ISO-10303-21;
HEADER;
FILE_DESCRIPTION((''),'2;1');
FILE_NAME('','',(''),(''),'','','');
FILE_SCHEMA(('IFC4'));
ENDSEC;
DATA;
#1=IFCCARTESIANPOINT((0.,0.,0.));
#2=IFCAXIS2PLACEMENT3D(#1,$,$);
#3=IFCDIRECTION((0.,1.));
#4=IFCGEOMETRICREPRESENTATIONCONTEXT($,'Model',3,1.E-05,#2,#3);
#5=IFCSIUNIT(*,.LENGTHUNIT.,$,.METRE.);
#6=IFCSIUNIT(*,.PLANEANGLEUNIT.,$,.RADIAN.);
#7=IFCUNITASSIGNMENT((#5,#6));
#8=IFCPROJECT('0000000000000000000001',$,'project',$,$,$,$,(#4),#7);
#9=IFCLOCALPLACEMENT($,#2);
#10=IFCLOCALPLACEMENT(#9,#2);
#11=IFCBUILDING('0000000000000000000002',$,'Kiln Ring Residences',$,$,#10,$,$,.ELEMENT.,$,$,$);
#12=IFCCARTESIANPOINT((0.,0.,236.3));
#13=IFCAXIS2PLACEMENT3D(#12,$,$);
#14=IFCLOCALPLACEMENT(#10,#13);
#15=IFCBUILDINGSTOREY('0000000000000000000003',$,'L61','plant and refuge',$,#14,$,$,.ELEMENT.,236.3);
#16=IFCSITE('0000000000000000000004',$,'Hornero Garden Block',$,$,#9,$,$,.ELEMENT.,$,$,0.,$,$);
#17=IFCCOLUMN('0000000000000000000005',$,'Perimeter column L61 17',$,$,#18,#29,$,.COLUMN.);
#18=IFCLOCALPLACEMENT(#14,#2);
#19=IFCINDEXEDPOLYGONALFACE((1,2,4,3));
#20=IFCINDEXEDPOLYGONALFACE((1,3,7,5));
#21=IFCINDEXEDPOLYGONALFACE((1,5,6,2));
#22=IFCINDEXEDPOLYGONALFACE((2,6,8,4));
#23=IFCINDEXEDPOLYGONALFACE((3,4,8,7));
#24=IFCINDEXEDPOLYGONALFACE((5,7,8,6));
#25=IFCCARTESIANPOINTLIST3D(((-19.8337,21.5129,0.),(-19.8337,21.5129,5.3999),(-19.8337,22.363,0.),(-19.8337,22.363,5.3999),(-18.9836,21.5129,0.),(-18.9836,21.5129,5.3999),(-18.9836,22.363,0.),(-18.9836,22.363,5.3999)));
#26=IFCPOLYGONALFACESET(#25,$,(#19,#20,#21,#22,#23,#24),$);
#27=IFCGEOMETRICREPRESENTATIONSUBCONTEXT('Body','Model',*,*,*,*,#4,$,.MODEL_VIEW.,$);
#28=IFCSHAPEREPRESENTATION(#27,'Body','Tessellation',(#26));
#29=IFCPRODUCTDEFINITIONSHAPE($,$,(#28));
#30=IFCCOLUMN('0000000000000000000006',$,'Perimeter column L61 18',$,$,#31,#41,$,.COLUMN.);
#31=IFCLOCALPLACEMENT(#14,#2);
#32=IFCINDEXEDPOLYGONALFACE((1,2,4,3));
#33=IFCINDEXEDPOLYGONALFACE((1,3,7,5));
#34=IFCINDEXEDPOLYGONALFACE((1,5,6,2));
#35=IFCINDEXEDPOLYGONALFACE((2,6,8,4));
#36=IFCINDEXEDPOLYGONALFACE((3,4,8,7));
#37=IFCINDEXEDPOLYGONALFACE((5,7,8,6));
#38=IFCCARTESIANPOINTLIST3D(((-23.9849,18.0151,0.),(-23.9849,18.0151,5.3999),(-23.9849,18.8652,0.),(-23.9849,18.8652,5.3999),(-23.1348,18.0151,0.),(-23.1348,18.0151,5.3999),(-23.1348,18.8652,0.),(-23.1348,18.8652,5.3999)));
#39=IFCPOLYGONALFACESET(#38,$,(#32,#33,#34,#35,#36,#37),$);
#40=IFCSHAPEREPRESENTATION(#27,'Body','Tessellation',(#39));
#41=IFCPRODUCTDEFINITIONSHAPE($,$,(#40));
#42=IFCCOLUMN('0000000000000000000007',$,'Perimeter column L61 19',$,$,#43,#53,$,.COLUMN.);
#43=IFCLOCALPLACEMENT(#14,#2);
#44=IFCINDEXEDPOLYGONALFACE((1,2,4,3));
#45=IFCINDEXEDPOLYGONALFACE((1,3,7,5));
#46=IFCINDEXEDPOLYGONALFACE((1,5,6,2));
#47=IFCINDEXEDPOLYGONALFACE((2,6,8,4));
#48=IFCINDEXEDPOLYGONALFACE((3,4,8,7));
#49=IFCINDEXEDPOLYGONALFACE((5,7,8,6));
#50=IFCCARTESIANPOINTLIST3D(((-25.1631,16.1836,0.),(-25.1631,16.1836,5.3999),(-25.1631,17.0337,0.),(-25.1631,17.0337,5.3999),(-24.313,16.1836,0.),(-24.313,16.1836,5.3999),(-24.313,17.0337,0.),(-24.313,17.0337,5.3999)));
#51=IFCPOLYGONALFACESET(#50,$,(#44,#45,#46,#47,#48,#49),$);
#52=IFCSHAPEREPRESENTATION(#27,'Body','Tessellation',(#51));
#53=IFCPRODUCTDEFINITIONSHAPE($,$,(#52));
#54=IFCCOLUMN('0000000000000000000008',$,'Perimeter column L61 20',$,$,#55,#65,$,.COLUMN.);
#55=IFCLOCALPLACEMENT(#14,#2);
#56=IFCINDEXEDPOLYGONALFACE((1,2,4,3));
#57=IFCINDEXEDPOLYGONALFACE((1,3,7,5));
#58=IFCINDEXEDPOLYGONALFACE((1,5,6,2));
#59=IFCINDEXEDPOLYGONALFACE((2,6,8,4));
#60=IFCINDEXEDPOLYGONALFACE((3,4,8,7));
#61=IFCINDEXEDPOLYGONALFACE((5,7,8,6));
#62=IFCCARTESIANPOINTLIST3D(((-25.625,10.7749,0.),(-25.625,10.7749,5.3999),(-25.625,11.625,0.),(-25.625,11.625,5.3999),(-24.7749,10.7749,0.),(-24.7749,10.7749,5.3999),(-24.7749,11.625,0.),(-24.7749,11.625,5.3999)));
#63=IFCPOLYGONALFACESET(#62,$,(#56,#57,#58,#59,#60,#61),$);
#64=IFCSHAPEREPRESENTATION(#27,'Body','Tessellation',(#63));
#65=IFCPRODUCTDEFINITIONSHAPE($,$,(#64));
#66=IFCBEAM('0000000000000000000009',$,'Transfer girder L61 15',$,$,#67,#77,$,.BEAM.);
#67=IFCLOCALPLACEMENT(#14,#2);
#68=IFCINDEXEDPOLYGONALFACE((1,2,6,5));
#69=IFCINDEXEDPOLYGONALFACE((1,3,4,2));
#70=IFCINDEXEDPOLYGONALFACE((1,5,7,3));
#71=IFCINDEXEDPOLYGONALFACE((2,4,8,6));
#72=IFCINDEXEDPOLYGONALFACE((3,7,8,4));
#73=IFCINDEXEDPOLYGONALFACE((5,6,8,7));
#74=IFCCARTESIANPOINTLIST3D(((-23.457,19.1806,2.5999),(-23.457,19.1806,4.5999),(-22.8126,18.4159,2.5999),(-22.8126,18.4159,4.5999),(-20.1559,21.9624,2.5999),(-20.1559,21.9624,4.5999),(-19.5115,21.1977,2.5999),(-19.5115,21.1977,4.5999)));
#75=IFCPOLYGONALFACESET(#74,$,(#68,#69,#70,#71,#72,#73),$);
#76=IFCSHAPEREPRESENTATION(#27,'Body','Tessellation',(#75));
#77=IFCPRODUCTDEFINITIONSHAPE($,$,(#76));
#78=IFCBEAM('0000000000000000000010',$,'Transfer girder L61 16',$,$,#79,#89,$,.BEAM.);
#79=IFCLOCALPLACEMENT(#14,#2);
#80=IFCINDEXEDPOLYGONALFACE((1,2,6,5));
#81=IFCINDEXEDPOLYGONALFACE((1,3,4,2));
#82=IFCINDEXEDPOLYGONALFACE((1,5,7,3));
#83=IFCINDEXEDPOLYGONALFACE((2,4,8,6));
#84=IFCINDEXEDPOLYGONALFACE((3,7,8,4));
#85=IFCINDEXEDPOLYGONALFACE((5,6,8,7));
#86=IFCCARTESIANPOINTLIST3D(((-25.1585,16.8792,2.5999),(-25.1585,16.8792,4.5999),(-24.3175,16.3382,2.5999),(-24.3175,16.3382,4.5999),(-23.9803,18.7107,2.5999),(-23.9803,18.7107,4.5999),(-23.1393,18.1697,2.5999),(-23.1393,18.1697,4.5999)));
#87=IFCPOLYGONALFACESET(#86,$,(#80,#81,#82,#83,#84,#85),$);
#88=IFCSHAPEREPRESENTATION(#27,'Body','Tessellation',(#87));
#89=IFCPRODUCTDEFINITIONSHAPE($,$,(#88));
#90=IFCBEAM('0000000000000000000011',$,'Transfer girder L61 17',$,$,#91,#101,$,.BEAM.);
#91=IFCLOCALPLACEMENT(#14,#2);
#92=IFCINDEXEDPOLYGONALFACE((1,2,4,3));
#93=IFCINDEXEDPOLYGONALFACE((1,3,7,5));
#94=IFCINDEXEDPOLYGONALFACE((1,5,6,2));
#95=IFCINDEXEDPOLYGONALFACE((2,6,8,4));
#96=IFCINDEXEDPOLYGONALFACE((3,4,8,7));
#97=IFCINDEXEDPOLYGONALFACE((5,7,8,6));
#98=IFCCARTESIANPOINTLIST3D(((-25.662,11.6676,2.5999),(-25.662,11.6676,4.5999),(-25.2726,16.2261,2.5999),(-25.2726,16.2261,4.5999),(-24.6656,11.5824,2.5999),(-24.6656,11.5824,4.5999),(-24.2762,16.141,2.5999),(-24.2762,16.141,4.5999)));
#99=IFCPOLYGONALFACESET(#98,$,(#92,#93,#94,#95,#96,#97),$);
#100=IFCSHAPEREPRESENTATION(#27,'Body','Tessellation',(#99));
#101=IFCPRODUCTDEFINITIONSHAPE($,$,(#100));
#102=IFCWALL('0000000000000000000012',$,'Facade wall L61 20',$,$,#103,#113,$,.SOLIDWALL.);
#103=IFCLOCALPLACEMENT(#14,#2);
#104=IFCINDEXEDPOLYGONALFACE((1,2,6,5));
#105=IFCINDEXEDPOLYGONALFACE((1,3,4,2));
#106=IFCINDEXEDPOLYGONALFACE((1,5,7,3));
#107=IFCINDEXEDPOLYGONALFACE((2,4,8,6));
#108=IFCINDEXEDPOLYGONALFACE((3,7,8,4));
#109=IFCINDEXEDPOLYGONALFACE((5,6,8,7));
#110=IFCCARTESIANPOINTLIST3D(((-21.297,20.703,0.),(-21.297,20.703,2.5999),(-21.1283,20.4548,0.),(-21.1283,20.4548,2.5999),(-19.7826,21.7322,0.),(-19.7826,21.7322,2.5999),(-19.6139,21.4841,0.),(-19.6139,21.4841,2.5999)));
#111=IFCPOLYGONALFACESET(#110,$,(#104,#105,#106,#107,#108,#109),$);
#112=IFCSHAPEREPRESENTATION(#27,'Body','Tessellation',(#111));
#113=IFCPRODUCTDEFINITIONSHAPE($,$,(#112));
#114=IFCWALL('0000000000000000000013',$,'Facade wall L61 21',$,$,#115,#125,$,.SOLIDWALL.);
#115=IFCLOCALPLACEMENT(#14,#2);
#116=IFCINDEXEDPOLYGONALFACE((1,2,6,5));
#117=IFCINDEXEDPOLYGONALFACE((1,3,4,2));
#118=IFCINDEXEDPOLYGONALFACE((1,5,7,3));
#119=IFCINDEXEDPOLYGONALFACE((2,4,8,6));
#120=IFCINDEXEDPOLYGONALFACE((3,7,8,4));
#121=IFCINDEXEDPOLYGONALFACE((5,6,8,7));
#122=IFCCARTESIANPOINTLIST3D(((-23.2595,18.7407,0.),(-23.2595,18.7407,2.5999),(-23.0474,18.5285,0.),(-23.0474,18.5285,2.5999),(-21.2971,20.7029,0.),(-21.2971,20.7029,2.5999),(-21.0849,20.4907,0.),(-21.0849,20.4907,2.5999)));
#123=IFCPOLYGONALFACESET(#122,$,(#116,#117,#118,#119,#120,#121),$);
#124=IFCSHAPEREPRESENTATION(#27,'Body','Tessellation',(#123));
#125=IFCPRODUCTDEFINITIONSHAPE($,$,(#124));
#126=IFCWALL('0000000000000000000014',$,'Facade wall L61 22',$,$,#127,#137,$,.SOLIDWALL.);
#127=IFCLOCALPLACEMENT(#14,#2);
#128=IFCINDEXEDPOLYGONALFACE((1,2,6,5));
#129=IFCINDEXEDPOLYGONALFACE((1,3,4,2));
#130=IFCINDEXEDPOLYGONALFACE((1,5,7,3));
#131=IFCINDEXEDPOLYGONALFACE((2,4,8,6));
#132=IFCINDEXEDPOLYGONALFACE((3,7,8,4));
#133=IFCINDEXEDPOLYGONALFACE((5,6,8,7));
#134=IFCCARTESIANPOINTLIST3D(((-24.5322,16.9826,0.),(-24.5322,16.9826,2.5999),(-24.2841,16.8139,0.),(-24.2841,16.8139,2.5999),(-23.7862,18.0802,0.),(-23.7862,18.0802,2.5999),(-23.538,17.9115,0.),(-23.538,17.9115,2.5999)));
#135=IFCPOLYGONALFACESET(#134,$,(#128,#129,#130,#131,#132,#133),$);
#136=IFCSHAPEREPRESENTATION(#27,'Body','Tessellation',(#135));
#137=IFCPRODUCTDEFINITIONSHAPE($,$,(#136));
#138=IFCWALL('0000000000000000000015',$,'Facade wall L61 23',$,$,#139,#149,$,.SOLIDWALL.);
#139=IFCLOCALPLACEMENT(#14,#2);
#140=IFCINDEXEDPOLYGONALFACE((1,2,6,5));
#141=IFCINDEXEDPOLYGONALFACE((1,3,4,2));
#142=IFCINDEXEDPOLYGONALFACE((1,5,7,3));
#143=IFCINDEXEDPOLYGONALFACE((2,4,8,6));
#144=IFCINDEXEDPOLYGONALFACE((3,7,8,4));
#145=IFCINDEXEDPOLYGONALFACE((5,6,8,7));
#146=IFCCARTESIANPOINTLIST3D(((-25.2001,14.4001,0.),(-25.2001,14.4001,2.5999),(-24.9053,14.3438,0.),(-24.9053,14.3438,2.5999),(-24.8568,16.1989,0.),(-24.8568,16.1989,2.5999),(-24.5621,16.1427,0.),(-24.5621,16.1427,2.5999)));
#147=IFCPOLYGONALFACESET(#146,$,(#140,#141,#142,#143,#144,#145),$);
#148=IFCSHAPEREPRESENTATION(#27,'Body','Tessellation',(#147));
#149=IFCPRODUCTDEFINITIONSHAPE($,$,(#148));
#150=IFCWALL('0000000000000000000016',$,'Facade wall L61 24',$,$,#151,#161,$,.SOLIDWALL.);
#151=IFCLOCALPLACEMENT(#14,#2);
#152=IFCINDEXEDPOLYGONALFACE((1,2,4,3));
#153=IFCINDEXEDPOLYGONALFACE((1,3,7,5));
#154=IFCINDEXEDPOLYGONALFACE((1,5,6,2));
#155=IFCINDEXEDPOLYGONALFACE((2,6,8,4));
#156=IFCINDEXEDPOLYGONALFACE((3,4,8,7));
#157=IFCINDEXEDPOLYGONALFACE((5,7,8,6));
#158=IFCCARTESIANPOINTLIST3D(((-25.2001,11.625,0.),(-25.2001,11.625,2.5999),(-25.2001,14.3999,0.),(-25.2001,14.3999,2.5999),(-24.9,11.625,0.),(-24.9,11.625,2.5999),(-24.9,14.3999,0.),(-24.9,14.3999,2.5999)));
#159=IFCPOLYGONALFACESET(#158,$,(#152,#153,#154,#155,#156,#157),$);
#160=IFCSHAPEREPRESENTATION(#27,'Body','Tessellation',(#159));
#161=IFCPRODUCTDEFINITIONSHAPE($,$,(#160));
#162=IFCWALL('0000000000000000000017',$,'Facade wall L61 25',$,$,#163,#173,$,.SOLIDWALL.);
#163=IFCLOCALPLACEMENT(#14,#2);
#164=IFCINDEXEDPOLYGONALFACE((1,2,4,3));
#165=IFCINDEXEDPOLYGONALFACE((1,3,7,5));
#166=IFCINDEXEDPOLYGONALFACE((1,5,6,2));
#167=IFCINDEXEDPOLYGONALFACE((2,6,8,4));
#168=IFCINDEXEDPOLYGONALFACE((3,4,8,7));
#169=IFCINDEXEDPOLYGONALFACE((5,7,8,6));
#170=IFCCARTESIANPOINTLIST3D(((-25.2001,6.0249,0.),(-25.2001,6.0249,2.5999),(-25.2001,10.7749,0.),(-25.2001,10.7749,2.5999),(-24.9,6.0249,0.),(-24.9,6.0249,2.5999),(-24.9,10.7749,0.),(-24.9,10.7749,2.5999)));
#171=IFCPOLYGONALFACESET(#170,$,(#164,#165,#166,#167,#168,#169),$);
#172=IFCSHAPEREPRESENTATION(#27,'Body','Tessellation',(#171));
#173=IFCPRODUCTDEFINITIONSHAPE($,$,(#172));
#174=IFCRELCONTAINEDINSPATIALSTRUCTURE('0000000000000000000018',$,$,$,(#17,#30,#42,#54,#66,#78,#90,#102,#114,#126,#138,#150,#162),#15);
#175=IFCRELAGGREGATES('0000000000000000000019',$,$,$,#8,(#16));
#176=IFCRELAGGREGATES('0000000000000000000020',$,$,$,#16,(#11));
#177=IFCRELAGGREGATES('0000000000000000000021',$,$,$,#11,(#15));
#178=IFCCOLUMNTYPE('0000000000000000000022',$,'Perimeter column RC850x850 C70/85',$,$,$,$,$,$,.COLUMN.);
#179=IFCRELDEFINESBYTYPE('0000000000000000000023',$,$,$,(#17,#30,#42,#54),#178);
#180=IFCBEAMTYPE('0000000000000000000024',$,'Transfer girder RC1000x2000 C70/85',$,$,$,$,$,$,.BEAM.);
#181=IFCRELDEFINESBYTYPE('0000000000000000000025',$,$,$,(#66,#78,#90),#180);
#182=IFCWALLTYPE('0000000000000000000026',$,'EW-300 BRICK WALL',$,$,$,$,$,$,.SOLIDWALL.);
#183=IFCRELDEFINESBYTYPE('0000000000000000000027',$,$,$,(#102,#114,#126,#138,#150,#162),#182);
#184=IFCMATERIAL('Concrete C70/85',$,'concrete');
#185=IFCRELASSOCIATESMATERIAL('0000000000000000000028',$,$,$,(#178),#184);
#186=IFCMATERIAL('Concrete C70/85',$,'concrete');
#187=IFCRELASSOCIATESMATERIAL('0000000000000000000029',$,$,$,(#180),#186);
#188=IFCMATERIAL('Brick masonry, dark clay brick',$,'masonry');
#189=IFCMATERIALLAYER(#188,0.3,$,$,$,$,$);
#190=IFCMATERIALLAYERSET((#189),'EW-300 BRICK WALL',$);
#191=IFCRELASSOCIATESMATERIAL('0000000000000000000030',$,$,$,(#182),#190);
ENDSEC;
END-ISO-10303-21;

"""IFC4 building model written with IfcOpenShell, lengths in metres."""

from ifc_helpers import new_model, si_unit, direction, frame, frame_2d, origin, origin_2d, place, context, subcontext, project, spatial, rectangle, extrude, material, layer, layer_set, material_profile, profile_set, type_object, element, save


model = new_model("IFC4")

# Units and contexts
model_context = context("Model", 3, precision=1e-05, world=origin(), true_north=direction((0.0, 1.0)))
body_context = subcontext(model_context, "Body", "Model", "MODEL_VIEW")
ifc_project = project(units=[si_unit("LENGTHUNIT", "METRE"), si_unit("PLANEANGLEUNIT", "RADIAN")], contexts=[model_context])

# Site, building, storey
site_placement = place(None, origin())
site = spatial("IfcSite", under=ifc_project, at=site_placement, Name="Hornero Garden Block", CompositionType="ELEMENT", RefElevation=0.0)
building_placement = place(site_placement, origin())
building = spatial("IfcBuilding", under=site, at=building_placement, Name="Kiln Ring Residences", CompositionType="ELEMENT")
storey_placement = place(building_placement, frame((0.0, 0.0, 236.3)))
storey = spatial("IfcBuildingStorey", under=building, at=storey_placement, Name="L61", Description="plant and refuge", CompositionType="ELEMENT", Elevation=236.3)

# Columns
ifc_material_1 = material(Name="Concrete C70/85", Category="concrete")
ifc_material_profile_1 = material_profile(ifc_material_1, rectangle(XDim=0.8501, YDim=0.8501, at=origin_2d()), Name="RC850x850")
ifc_profile_set_1 = profile_set([ifc_material_profile_1], Name="Concrete C70/85")
column_type = type_object("IfcColumnType", Name="Perimeter column RC850x850 C70/85", PredefinedType="COLUMN", material=ifc_profile_set_1)
for number, where, z_axis, x_axis, name in (
    (1, (-19.4087, 21.938, 0.0), (0.0, 0.0, 1.0), (1.0, 0.0, 0.0), "Perimeter column L61 17"),
    (2, (-23.5598, 18.4402, 0.0), (0.0, 0.0, 1.0), (1.0, 0.0, 0.0), "Perimeter column L61 18"),
    (3, (-24.738, 16.6086, 0.0), (0.0, 0.0, 1.0), (1.0, 0.0, 0.0), "Perimeter column L61 19"),
    (4, (-25.2, 11.2, 0.0), (0.0, 0.0, 1.0), (1.0, 0.0, 0.0), "Perimeter column L61 20"),
):
    element("IfcColumn", number, at=place(storey_placement, frame(where, z_axis=z_axis, x_axis=x_axis)), inside=storey, type_object=column_type, Name=name, PredefinedType="COLUMN", context=body_context, shape_type="SweptSolid", body=[
        extrude(rectangle(XDim=0.8501, YDim=0.8501, at=origin_2d()), origin(), (0.0, 0.0, 1.0), 5.3999),
    ])

# Beams
ifc_material_2 = material(Name="Concrete C70/85", Category="concrete")
ifc_material_profile_2 = material_profile(ifc_material_2, rectangle(XDim=1.0, YDim=2.0, at=origin_2d()), Name="RC1000x2000")
ifc_profile_set_2 = profile_set([ifc_material_profile_2], Name="Concrete C70/85")
beam_type = type_object("IfcBeamType", Name="Transfer girder RC1000x2000 C70/85", PredefinedType="BEAM", material=ifc_profile_set_2)
beam_1_placement = place(storey_placement, frame((-19.8337, 21.5801, 3.5999), z_axis=(-0.764691, -0.644397, 0.0), x_axis=(0.644397, -0.764691, 0.0)))
element("IfcBeam", 5, at=beam_1_placement, inside=storey, type_object=beam_type, Name="Transfer girder L61 15", PredefinedType="BEAM", context=body_context, shape_type="SweptSolid", body=[
    extrude(rectangle(XDim=1.0, YDim=2.0, at=origin_2d()), origin(), (0.0, 0.0, 1.0), 4.3169),
])
beam_2_placement = place(storey_placement, frame((-23.5598, 18.4402, 3.5999), z_axis=(-0.541018, -0.841011, 0.0), x_axis=(0.841011, -0.541018, 0.0)))
element("IfcBeam", 6, at=beam_2_placement, inside=storey, type_object=beam_type, Name="Transfer girder L61 16", PredefinedType="BEAM", context=body_context, shape_type="SweptSolid", body=[
    extrude(rectangle(XDim=1.0, YDim=2.0, at=origin_2d()), origin(), (0.0, 0.0, 1.0), 2.1777),
])
beam_3_placement = place(storey_placement, frame((-24.7744, 16.1836, 3.5999), z_axis=(-0.085112, -0.996371, 0.0), x_axis=(0.996371, -0.085112, 0.0)))
element("IfcBeam", 7, at=beam_3_placement, inside=storey, type_object=beam_type, Name="Transfer girder L61 17", PredefinedType="BEAM", context=body_context, shape_type="SweptSolid", body=[
    extrude(rectangle(XDim=1.0, YDim=2.0, at=origin_2d()), origin(), (0.0, 0.0, 1.0), 4.5752),
])

# Walls
ifc_material_3 = material(Name="Brick masonry, dark clay brick", Category="masonry")
ifc_layer_1 = layer(ifc_material_3, 0.3)
ifc_layer_set_1 = layer_set([ifc_layer_1], Name="EW-300 BRICK WALL")
wall_type_1 = type_object("IfcWallType", Name="EW-300 BRICK WALL", PredefinedType="SOLIDWALL", material=ifc_layer_set_1)
wall_1_placement = place(storey_placement, frame((-19.6982, 21.6082, 0.0), z_axis=(0.0, 0.0, 1.0), x_axis=(-0.827053, -0.562124, 0.0)))
element("IfcWall", 8, at=wall_1_placement, inside=storey, type_object=wall_type_1, Name="Facade wall L61 20", PredefinedType="SOLIDWALL", context=body_context, shape_type="SweptSolid", body=[
    extrude(rectangle(XDim=1.8311, YDim=0.3, at=frame_2d((0.9155, 0.0))), origin(), (0.0, 0.0, 1.0), 2.5999),
])
wall_2_placement = place(storey_placement, frame((-21.1909, 20.5969, 0.0), z_axis=(0.0, 0.0, 1.0), x_axis=(-0.707151, -0.707063, 0.0)))
element("IfcWall", 9, at=wall_2_placement, inside=storey, type_object=wall_type_1, Name="Facade wall L61 21", PredefinedType="SOLIDWALL", context=body_context, shape_type="SweptSolid", body=[
    extrude(rectangle(XDim=2.7751, YDim=0.3, at=frame_2d((1.3877, 0.0))), origin(), (0.0, 0.0, 1.0), 2.5999),
])
wall_3_placement = place(storey_placement, frame((-23.6621, 17.9958, 0.0), z_axis=(0.0, 0.0, 1.0), x_axis=(-0.562149, -0.827036, 0.0)))
element("IfcWall", 10, at=wall_3_placement, inside=storey, type_object=wall_type_1, Name="Facade wall L61 22", PredefinedType="SOLIDWALL", context=body_context, shape_type="SweptSolid", body=[
    extrude(rectangle(XDim=1.3271, YDim=0.3, at=frame_2d((0.6636, 0.0))), origin(), (0.0, 0.0, 1.0), 2.5999),
])
wall_4_placement = place(storey_placement, frame((-24.7095, 16.1707, 0.0), z_axis=(0.0, 0.0, 1.0), x_axis=(-0.187443, -0.982275, 0.0)))
element("IfcWall", 11, at=wall_4_placement, inside=storey, type_object=wall_type_1, Name="Facade wall L61 23", PredefinedType="SOLIDWALL", context=body_context, shape_type="SweptSolid", body=[
    extrude(rectangle(XDim=1.8313, YDim=0.3, at=frame_2d((0.9155, 0.0))), origin(), (0.0, 0.0, 1.0), 2.5999),
])
wall_5_placement = place(storey_placement, frame((-25.05, 14.3999, 0.0), z_axis=(0.0, 0.0, 1.0), x_axis=(0.0, -1.0, 0.0)))
element("IfcWall", 12, at=wall_5_placement, inside=storey, type_object=wall_type_1, Name="Facade wall L61 24", PredefinedType="SOLIDWALL", context=body_context, shape_type="SweptSolid", body=[
    extrude(rectangle(XDim=2.7749, YDim=0.3, at=frame_2d((1.3875, 0.0))), origin(), (0.0, 0.0, 1.0), 2.5999),
])
wall_6_placement = place(storey_placement, frame((-25.05, 10.7749, 0.0), z_axis=(0.0, 0.0, 1.0), x_axis=(0.0, -1.0, 0.0)))
element("IfcWall", 13, at=wall_6_placement, inside=storey, type_object=wall_type_1, Name="Facade wall L61 25", PredefinedType="SOLIDWALL", context=body_context, shape_type="SweptSolid", body=[
    extrude(rectangle(XDim=4.75, YDim=0.3, at=frame_2d((2.375, 0.0))), origin(), (0.0, 0.0, 1.0), 2.5999),
])

save(model, "model.ifc")
